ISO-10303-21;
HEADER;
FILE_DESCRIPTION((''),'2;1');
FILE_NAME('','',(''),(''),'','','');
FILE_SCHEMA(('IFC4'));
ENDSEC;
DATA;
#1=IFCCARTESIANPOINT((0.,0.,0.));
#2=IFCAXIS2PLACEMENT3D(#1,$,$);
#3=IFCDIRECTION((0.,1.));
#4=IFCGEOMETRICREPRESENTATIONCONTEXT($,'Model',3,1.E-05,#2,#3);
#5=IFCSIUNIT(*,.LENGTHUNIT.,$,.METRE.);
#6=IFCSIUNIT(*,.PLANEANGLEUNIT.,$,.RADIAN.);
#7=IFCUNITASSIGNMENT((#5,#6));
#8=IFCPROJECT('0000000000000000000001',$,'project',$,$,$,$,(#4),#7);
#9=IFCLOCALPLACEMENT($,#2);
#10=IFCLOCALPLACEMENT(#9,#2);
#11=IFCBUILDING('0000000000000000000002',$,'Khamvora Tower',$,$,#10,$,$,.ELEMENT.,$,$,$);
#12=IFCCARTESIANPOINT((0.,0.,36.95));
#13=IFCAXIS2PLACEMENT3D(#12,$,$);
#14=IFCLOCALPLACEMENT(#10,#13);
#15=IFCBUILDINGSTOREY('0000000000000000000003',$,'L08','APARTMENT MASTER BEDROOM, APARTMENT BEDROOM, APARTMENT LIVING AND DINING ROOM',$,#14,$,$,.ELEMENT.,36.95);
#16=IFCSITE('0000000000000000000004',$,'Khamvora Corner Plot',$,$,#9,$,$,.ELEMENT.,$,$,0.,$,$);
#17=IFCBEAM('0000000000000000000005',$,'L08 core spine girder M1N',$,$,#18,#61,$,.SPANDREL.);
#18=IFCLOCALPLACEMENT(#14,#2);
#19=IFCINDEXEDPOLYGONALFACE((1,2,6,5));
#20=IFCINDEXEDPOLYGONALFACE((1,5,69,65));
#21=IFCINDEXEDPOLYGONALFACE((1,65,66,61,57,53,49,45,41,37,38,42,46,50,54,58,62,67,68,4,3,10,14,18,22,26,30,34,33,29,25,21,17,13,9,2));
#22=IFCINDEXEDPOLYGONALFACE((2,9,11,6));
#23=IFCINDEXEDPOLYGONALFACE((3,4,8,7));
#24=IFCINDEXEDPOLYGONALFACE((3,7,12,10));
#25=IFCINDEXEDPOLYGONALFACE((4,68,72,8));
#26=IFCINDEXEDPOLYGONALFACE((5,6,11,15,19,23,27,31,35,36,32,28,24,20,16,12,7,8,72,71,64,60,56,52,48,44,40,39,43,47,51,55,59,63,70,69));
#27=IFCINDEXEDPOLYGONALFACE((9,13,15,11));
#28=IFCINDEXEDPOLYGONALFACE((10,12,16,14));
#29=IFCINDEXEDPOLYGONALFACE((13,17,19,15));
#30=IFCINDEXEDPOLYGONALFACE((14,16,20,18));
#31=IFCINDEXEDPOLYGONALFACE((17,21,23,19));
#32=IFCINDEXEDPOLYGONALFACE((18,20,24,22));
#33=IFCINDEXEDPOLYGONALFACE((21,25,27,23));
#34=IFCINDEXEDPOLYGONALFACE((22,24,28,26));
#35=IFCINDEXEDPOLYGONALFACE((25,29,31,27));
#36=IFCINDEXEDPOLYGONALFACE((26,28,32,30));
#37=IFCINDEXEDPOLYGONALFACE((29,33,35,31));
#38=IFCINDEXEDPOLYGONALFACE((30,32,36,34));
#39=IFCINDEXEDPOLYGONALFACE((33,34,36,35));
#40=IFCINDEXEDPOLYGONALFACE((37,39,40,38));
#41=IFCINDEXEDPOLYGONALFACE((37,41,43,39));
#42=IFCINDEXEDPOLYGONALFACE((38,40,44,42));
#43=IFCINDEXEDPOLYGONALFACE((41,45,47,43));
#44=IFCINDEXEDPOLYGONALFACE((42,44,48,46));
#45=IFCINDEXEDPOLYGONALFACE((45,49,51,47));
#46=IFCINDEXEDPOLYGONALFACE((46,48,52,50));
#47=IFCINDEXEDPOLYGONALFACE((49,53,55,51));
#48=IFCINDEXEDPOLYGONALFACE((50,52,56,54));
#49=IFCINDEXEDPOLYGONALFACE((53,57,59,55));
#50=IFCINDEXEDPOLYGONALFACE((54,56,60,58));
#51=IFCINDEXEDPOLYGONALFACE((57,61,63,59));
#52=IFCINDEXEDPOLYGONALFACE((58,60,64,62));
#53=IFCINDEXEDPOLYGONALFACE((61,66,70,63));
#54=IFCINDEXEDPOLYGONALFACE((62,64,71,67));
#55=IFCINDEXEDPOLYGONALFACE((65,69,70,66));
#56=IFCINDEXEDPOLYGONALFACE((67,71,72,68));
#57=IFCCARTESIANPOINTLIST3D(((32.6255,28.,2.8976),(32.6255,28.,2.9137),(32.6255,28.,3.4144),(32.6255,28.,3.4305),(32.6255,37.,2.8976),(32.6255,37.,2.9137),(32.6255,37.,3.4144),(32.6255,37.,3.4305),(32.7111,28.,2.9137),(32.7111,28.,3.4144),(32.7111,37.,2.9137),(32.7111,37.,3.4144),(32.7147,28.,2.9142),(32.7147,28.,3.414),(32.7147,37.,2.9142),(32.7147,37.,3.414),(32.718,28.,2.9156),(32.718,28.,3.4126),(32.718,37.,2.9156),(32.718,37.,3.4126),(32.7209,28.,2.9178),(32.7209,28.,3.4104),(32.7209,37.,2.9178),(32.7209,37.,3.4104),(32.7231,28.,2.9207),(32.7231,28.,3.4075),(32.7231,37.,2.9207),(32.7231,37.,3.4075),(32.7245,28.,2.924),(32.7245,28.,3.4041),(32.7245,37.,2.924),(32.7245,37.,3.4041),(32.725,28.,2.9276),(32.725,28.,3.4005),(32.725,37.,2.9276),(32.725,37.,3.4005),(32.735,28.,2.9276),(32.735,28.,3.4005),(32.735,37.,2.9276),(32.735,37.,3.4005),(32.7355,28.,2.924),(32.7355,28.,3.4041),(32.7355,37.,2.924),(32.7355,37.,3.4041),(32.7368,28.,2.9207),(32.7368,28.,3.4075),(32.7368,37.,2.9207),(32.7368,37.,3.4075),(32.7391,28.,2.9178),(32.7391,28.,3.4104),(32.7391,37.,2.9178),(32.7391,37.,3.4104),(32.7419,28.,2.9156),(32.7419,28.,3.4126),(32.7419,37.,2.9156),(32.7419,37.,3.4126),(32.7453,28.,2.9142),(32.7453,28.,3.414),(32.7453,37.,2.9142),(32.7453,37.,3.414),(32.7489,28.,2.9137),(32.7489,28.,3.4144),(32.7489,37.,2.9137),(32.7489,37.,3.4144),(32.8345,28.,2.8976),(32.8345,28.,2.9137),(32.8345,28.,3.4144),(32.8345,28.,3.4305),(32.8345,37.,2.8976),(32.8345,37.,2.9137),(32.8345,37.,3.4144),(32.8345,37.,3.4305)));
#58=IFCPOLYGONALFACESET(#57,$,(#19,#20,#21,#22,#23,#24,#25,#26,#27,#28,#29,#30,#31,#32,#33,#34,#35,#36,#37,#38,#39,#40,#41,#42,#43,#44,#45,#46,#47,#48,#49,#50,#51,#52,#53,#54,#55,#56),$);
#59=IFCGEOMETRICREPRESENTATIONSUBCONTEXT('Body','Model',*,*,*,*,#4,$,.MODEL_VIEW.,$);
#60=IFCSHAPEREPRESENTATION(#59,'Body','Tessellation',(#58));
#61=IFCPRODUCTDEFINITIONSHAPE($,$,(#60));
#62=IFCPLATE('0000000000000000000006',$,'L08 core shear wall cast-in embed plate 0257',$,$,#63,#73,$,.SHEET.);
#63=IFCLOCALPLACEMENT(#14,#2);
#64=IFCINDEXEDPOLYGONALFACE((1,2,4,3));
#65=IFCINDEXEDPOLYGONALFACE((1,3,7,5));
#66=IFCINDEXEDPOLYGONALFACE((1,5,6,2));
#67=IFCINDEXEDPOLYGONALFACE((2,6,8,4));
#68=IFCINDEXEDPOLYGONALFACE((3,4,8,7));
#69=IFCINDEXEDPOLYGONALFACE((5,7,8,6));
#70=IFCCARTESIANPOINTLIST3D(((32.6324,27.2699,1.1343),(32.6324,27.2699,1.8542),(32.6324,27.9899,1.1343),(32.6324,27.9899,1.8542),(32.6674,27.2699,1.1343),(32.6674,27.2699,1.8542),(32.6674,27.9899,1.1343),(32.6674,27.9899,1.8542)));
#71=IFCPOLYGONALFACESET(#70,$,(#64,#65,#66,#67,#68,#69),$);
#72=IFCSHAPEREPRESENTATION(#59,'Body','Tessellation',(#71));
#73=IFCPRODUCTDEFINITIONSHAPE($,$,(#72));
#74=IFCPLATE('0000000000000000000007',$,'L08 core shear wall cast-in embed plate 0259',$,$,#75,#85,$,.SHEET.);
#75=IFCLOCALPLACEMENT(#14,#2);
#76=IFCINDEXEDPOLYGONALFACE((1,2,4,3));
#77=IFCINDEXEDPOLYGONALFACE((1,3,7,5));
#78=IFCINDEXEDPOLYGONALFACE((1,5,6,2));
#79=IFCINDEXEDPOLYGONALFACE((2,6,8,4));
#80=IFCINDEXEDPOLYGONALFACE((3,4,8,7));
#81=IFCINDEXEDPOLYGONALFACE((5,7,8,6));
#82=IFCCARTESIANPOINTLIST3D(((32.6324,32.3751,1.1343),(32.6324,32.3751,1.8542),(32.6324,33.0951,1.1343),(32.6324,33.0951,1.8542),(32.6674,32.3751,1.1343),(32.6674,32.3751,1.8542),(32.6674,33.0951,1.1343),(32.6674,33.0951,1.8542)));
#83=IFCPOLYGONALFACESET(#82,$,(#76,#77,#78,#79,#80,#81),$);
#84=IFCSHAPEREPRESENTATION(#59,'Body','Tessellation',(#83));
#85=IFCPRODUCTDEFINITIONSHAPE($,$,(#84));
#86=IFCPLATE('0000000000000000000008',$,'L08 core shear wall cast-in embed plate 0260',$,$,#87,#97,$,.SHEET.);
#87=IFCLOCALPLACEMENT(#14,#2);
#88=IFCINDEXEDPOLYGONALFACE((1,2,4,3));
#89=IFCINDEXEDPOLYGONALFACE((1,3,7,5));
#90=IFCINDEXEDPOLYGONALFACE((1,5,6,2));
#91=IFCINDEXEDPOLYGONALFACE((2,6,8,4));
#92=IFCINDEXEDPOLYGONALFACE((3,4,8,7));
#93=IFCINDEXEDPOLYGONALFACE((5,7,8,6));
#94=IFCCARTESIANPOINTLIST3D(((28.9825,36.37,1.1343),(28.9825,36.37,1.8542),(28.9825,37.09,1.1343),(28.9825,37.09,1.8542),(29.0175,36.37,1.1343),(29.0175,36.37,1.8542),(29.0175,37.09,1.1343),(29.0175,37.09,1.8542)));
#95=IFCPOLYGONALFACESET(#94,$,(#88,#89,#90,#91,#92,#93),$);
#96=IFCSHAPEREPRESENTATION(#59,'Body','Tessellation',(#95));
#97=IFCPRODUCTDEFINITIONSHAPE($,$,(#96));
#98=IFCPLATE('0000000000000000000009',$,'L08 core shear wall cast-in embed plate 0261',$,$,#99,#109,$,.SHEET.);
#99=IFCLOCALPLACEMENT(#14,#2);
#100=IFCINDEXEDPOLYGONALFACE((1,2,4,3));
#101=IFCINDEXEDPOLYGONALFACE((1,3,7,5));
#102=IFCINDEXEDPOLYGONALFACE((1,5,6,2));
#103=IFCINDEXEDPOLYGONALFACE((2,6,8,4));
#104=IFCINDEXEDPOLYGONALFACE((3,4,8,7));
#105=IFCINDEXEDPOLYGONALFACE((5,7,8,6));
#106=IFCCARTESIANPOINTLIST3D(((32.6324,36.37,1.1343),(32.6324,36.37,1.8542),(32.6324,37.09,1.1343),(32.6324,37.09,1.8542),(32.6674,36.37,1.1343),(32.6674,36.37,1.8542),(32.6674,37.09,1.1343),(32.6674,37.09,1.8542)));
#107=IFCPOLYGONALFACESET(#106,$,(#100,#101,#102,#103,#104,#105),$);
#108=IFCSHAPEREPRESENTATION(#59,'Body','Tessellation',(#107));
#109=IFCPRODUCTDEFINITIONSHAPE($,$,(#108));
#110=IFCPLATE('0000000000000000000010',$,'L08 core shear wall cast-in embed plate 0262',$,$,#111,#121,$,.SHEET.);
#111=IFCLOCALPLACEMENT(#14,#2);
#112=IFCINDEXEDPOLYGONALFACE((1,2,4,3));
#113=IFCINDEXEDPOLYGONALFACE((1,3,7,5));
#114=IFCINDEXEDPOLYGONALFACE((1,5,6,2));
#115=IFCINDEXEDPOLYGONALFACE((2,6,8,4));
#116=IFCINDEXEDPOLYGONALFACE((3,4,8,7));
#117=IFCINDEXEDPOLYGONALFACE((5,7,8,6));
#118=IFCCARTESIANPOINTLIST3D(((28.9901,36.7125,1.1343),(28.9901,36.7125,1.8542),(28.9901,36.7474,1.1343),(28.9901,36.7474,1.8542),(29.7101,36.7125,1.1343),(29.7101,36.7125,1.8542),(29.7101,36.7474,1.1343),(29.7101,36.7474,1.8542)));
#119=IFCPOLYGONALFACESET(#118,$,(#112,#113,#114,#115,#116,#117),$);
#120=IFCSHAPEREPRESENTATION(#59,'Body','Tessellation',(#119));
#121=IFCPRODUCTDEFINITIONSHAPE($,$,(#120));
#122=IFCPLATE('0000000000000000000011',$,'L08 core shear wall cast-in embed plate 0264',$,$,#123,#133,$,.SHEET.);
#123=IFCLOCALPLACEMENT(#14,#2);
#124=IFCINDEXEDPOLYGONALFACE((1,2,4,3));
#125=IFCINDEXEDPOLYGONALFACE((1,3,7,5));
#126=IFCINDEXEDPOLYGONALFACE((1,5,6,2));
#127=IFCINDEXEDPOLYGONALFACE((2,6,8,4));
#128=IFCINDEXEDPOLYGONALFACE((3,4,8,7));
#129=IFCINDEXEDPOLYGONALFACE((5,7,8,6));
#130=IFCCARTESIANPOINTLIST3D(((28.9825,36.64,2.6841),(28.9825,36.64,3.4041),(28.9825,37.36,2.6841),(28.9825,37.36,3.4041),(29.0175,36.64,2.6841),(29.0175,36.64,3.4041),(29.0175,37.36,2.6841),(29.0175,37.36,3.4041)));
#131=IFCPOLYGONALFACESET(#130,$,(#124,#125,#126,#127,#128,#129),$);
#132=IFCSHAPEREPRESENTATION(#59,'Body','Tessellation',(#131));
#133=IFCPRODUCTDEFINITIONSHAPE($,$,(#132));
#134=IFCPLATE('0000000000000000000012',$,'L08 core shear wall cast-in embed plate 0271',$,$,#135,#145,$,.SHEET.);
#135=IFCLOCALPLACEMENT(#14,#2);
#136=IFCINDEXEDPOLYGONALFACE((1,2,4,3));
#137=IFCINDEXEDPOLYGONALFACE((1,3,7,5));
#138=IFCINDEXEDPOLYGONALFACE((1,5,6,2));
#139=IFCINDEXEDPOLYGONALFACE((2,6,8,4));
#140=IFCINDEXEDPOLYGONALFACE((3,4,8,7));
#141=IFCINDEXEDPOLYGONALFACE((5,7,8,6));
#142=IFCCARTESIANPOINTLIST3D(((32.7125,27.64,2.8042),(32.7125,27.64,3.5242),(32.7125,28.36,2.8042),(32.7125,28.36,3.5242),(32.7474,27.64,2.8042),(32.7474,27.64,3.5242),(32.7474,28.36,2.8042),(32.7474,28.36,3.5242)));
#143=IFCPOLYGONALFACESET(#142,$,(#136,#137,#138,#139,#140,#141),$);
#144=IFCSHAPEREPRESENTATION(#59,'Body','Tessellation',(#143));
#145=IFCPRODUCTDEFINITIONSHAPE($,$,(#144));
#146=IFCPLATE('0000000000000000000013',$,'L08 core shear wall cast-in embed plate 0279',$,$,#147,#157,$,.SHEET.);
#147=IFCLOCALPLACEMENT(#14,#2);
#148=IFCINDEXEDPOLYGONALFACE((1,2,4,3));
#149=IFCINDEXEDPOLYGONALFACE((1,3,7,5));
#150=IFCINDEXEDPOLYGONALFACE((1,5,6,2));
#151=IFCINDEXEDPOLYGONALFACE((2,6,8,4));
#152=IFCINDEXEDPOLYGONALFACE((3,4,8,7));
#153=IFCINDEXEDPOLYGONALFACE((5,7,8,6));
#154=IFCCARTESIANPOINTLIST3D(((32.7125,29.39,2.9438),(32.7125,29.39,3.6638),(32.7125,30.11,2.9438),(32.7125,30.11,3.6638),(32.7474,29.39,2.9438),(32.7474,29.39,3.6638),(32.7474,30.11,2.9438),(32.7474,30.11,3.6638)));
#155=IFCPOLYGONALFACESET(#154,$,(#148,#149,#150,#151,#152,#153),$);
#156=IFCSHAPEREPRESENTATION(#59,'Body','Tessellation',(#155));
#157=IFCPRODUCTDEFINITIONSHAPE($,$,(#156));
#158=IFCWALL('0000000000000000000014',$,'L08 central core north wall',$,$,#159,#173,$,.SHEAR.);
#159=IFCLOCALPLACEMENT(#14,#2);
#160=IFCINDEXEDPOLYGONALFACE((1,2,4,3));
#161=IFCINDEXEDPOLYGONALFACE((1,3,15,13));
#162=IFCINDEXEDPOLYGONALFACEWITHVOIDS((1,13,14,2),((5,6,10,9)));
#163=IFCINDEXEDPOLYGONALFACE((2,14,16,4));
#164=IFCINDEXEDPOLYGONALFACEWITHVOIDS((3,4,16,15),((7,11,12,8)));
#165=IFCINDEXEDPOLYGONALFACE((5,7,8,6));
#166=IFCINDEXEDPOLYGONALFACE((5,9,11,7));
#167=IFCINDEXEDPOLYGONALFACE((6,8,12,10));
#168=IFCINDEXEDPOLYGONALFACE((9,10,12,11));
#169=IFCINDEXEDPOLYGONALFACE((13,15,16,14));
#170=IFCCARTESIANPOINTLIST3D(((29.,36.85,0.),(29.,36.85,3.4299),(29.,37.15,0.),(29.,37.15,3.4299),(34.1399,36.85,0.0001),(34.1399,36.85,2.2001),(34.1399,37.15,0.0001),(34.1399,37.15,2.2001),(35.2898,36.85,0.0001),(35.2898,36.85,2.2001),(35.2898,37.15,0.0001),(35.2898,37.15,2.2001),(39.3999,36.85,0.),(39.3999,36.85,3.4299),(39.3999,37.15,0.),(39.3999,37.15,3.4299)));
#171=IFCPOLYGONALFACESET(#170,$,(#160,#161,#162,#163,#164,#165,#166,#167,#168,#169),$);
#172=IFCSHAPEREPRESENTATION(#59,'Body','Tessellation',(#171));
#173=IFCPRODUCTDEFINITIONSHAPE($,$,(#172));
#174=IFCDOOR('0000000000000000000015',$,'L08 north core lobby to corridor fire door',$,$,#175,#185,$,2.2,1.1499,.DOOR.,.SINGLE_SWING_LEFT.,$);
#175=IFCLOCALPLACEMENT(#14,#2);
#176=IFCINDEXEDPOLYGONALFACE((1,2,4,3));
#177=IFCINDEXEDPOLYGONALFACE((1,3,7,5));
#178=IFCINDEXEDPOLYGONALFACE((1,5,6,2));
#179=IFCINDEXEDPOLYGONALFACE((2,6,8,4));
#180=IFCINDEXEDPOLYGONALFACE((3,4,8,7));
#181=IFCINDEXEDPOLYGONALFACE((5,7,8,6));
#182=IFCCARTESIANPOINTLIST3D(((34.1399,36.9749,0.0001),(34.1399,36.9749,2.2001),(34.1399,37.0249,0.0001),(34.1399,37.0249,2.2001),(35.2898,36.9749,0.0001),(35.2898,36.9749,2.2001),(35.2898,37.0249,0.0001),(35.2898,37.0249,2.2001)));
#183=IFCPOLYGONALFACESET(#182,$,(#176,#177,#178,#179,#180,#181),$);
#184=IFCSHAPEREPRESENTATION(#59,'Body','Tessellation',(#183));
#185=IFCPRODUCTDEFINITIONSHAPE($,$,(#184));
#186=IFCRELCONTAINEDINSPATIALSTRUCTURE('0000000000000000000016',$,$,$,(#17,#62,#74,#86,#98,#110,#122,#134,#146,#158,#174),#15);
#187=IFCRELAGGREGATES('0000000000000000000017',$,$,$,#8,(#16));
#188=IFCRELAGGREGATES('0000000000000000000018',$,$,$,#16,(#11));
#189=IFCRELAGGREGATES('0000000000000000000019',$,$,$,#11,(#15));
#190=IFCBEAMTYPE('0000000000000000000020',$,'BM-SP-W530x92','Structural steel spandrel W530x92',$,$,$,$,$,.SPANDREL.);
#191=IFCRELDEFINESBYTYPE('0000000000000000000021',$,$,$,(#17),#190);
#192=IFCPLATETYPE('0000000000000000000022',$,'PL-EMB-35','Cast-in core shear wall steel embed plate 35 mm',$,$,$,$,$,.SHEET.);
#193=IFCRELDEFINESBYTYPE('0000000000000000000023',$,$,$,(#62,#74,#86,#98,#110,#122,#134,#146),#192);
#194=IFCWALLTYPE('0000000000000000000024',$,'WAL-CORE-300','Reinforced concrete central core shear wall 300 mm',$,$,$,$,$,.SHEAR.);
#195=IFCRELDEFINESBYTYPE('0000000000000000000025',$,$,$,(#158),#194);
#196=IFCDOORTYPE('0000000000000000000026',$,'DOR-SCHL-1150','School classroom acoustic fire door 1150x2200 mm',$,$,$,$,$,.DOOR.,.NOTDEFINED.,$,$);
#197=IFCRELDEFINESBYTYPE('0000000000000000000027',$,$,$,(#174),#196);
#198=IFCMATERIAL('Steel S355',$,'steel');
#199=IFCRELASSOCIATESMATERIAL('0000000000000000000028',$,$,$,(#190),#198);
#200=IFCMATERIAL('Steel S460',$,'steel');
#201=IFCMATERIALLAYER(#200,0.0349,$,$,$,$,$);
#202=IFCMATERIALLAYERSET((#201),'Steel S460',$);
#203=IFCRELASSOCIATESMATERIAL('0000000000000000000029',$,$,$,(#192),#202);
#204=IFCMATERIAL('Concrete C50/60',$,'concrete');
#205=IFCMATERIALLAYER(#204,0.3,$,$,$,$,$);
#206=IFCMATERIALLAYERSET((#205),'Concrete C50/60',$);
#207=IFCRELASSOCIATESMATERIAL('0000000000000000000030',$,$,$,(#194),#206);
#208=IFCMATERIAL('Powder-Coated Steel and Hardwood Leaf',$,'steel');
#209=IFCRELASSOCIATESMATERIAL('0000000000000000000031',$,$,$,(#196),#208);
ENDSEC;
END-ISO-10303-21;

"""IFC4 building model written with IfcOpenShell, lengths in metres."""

from ifc_helpers import new_model, si_unit, direction, frame, frame_2d, origin, origin_2d, place, context, subcontext, project, spatial, rectangle, i_section, extrude, material, layer, layer_set, material_profile, profile_set, type_object, element, fill, save


model = new_model("IFC4")

# Units and contexts
model_context = context("Model", 3, precision=1e-05, world=origin(), true_north=direction((0.0, 1.0)))
body_context = subcontext(model_context, "Body", "Model", "MODEL_VIEW")
ifc_project = project(units=[si_unit("LENGTHUNIT", "METRE"), si_unit("PLANEANGLEUNIT", "RADIAN")], contexts=[model_context])

# Site, building, storey
site_placement = place(None, origin())
site = spatial("IfcSite", under=ifc_project, at=site_placement, Name="Khamvora Corner Plot", CompositionType="ELEMENT", RefElevation=0.0)
building_placement = place(site_placement, origin())
building = spatial("IfcBuilding", under=site, at=building_placement, Name="Khamvora Tower", CompositionType="ELEMENT")
storey_placement = place(building_placement, frame((0.0, 0.0, 36.95)))
storey = spatial("IfcBuildingStorey", under=building, at=storey_placement, Name="L08", Description="APARTMENT MASTER BEDROOM, APARTMENT BEDROOM, APARTMENT LIVING AND DINING ROOM", CompositionType="ELEMENT", Elevation=36.95)

# Shared definitions
ifc_material_1 = material(Name="Steel S460", Category="steel")

# Beam
ifc_material_2 = material(Name="Steel S355", Category="steel")
ifc_material_profile_1 = material_profile(ifc_material_2, i_section(OverallWidth=0.209, OverallDepth=0.533, WebThickness=0.01, FlangeThickness=0.0161, FilletRadius=0.0139, at=origin_2d()), Name="W530x92")
ifc_profile_set_1 = profile_set([ifc_material_profile_1], Name="Steel S355")
beam_type_1 = type_object("IfcBeamType", Name="BM-SP-W530x92", Description="Structural steel spandrel W530x92", PredefinedType="SPANDREL", material=ifc_profile_set_1)
beam_1_placement = place(storey_placement, frame((32.73, 28.0, 3.1641), z_axis=(0.0, 1.0, 0.0), x_axis=(-1.0, 0.0, 0.0)))
element("IfcBeam", 1, at=beam_1_placement, inside=storey, type_object=beam_type_1, Name="L08 core spine girder M1N", PredefinedType="SPANDREL", context=body_context, shape_type="SweptSolid", body=[
    extrude(i_section(OverallWidth=0.209, OverallDepth=0.533, WebThickness=0.01, FlangeThickness=0.0161, FilletRadius=0.0139, at=origin_2d()), origin(), (0.0, 0.0, 1.0), 9.0),
])

# Plates
ifc_layer_1 = layer(ifc_material_1, 0.0349)
ifc_layer_set_1 = layer_set([ifc_layer_1], Name="Steel S460")
plate_type = type_object("IfcPlateType", Name="PL-EMB-35", Description="Cast-in core shear wall steel embed plate 35 mm", PredefinedType="SHEET", material=ifc_layer_set_1)
for number, where, z_axis, x_axis, name in (
    (2, (32.6499, 27.6299, 1.1343), (0.0, 0.0, 1.0), (1.0, 0.0, 0.0), "L08 core shear wall cast-in embed plate 0257"),
    (3, (32.6499, 32.7351, 1.1343), (0.0, 0.0, 1.0), (1.0, 0.0, 0.0), "L08 core shear wall cast-in embed plate 0259"),
    (4, (29.0, 36.73, 1.1343), (0.0, 0.0, 1.0), (1.0, 0.0, 0.0), "L08 core shear wall cast-in embed plate 0260"),
    (5, (32.6499, 36.73, 1.1343), (0.0, 0.0, 1.0), (1.0, 0.0, 0.0), "L08 core shear wall cast-in embed plate 0261"),
):
    element("IfcPlate", number, at=place(storey_placement, frame(where, z_axis=z_axis, x_axis=x_axis)), inside=storey, type_object=plate_type, Name=name, PredefinedType="SHEET", context=body_context, shape_type="SweptSolid", body=[
        extrude(rectangle(XDim=0.0349, YDim=0.72, at=origin_2d()), origin(), (0.0, 0.0, 1.0), 0.72),
    ])
plate_placement = place(storey_placement, frame((29.3501, 36.73, 1.1343), z_axis=(0.0, 0.0, 1.0), x_axis=(1.0, 0.0, 0.0)))
element("IfcPlate", 6, at=plate_placement, inside=storey, type_object=plate_type, Name="L08 core shear wall cast-in embed plate 0262", PredefinedType="SHEET", context=body_context, shape_type="SweptSolid", body=[
    extrude(rectangle(XDim=0.72, YDim=0.0349, at=origin_2d()), origin(), (0.0, 0.0, 1.0), 0.72),
])
for number, where, z_axis, x_axis, name in (
    (7, (29.0, 37.0, 2.6841), (0.0, 0.0, 1.0), (1.0, 0.0, 0.0), "L08 core shear wall cast-in embed plate 0264"),
    (8, (32.73, 28.0, 2.8042), (0.0, 0.0, 1.0), (1.0, 0.0, 0.0), "L08 core shear wall cast-in embed plate 0271"),
    (9, (32.73, 29.75, 2.9438), (0.0, 0.0, 1.0), (1.0, 0.0, 0.0), "L08 core shear wall cast-in embed plate 0279"),
):
    element("IfcPlate", number, at=place(storey_placement, frame(where, z_axis=z_axis, x_axis=x_axis)), inside=storey, type_object=plate_type, Name=name, PredefinedType="SHEET", context=body_context, shape_type="SweptSolid", body=[
        extrude(rectangle(XDim=0.0349, YDim=0.72, at=origin_2d()), origin(), (0.0, 0.0, 1.0), 0.72),
    ])

# Wall, opening, door
ifc_material_3 = material(Name="Concrete C50/60", Category="concrete")
ifc_layer_2 = layer(ifc_material_3, 0.3)
ifc_layer_set_2 = layer_set([ifc_layer_2], Name="Concrete C50/60")
wall_type = type_object("IfcWallType", Name="WAL-CORE-300", Description="Reinforced concrete central core shear wall 300 mm", PredefinedType="SHEAR", material=ifc_layer_set_2)
wall_1_placement = place(storey_placement, frame((29.0, 37.0, 0.0), z_axis=(0.0, 0.0, 1.0), x_axis=(1.0, 0.0, 0.0)))
wall_1 = element("IfcWall", 10, at=wall_1_placement, inside=storey, type_object=wall_type, Name="L08 central core north wall", PredefinedType="SHEAR", context=body_context, shape_type="SweptSolid", body=[
    extrude(rectangle(XDim=10.3999, YDim=0.3, at=frame_2d((5.2, 0.0))), origin(), (0.0, 0.0, 1.0), 3.4299),
])
opening_1_placement = place(wall_1_placement, frame((5.1399, 0.0, 0.0)))
opening_1 = element("IfcOpeningElement", 11, at=opening_1_placement, cuts=wall_1, PredefinedType="OPENING", context=body_context, shape_type="SweptSolid", body=[
    extrude(rectangle(XDim=1.1499, YDim=2.2, at=frame_2d((0.575, 1.1001))), frame((0.0, 0.1599, 0.0), z_axis=(0.0, -1.0, 0.0), x_axis=(1.0, 0.0, 0.0)), (0.0, 0.0, 1.0), 0.3201),
])
ifc_material_4 = material(Name="Powder-Coated Steel and Hardwood Leaf", Category="steel")
door_type_1 = type_object("IfcDoorType", Name="DOR-SCHL-1150", Description="School classroom acoustic fire door 1150x2200 mm", OperationType="NOTDEFINED", PredefinedType="DOOR", material=ifc_material_4)
door_1_placement = place(opening_1_placement, origin())
door_1 = element("IfcDoor", 12, at=door_1_placement, inside=storey, type_object=door_type_1, Name="L08 north core lobby to corridor fire door", OperationType="SINGLE_SWING_LEFT", OverallHeight=2.2, OverallWidth=1.1499, PredefinedType="DOOR", context=body_context, shape_type="SweptSolid", body=[
    extrude(rectangle(XDim=1.1499, YDim=2.2, at=frame_2d((0.575, 1.1001))), frame((0.0, 0.0249, 0.0), z_axis=(0.0, -1.0, 0.0), x_axis=(1.0, 0.0, 0.0)), (0.0, 0.0, 1.0), 0.05),
])
fill(opening_1, door_1)

save(model, "model.ifc")
